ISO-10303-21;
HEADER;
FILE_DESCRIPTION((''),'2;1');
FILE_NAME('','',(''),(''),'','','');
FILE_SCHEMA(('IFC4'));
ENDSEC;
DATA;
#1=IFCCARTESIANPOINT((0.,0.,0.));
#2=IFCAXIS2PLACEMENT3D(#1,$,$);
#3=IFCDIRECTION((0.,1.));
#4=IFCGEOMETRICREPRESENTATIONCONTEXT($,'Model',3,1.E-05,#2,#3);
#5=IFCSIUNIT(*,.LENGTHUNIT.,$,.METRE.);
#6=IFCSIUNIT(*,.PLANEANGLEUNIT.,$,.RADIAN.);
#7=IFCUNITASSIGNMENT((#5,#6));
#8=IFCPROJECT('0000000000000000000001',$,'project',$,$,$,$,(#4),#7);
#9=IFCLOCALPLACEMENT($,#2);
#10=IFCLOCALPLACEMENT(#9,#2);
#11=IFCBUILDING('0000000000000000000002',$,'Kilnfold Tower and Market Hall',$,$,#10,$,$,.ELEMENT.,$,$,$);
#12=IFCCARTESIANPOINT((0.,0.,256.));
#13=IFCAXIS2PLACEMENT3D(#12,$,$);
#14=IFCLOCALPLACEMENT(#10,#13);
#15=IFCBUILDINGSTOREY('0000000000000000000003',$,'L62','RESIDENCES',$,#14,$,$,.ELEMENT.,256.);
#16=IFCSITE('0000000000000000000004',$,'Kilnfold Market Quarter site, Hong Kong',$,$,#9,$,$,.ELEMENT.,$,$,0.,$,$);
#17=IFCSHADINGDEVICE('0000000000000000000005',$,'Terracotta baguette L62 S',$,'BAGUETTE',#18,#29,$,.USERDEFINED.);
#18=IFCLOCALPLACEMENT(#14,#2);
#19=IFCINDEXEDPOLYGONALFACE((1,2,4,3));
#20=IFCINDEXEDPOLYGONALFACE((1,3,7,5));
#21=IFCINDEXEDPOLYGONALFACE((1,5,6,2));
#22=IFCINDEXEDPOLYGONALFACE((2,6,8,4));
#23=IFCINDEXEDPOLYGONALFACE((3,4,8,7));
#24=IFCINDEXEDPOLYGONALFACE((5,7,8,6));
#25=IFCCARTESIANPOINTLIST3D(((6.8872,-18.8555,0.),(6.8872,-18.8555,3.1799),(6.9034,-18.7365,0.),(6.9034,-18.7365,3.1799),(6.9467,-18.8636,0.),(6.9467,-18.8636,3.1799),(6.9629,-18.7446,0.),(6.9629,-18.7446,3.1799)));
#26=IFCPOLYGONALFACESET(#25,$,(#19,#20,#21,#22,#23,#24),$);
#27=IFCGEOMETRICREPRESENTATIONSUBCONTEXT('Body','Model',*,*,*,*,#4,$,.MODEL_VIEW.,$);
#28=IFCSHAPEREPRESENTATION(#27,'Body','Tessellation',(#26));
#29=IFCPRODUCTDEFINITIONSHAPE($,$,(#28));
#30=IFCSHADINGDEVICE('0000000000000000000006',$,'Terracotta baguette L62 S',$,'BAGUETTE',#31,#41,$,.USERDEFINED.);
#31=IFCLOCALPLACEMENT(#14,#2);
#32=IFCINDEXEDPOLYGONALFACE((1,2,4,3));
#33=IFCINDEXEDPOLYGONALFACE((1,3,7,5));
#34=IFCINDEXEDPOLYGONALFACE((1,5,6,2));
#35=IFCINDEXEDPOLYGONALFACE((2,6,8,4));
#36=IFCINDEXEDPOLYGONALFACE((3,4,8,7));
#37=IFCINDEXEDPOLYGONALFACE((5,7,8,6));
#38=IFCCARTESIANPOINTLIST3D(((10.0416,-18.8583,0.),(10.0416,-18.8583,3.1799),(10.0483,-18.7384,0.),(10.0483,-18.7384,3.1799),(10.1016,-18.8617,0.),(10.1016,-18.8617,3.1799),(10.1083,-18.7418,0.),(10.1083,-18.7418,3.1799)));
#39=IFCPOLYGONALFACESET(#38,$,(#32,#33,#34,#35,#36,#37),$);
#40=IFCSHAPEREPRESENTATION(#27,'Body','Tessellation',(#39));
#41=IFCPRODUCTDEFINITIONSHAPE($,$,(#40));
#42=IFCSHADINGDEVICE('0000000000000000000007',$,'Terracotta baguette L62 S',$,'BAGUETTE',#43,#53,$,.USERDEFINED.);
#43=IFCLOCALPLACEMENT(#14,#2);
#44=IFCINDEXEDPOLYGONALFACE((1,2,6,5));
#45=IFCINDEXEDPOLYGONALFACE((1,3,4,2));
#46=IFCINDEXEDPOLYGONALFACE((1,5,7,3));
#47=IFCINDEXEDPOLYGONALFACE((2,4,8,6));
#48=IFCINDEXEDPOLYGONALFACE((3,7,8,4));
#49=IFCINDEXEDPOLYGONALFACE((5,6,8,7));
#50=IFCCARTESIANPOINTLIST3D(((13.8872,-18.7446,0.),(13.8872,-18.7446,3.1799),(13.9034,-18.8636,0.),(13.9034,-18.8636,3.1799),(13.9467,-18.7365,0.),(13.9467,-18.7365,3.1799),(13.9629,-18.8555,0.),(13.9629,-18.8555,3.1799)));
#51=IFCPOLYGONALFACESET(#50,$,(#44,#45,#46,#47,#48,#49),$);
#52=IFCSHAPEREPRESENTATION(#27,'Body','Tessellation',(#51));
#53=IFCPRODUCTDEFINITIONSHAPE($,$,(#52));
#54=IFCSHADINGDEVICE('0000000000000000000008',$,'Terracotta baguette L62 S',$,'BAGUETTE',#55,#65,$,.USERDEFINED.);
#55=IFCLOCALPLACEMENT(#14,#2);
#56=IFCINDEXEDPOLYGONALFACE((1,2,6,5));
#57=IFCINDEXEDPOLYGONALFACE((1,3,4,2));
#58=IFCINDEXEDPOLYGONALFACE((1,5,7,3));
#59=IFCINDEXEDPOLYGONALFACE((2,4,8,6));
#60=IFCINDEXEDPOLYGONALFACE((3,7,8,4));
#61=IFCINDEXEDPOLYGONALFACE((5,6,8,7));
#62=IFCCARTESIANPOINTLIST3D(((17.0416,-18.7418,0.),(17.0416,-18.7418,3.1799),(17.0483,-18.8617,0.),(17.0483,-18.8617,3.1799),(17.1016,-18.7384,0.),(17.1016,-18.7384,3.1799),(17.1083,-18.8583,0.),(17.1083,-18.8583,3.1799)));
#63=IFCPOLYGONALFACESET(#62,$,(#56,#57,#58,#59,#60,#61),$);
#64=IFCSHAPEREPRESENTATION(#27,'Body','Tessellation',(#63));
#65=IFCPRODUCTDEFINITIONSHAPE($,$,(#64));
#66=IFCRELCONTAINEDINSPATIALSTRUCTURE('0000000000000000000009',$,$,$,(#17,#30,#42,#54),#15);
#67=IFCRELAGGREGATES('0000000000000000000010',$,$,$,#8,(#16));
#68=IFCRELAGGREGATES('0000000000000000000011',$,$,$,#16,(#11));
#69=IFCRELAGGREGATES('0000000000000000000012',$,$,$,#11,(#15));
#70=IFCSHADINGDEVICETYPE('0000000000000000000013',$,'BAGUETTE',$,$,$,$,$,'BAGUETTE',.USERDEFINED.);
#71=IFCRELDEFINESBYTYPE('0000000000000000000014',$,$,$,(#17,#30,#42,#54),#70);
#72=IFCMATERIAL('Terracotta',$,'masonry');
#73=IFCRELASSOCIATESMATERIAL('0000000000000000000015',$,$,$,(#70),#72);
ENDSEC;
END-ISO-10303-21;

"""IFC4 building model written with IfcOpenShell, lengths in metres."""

from ifc_helpers import new_model, si_unit, direction, frame, origin, origin_2d, place, context, subcontext, project, spatial, rectangle, extrude, source, transform, mapped, material, material_profile, profile_set, type_object, element, save


model = new_model("IFC4")

# Units and contexts
model_context = context("Model", 3, precision=1e-05, world=origin(), true_north=direction((0.0, 1.0)))
body_context = subcontext(model_context, "Body", "Model", "MODEL_VIEW")
ifc_project = project(units=[si_unit("LENGTHUNIT", "METRE"), si_unit("PLANEANGLEUNIT", "RADIAN")], contexts=[model_context])

# Site, building, storey
site_placement = place(None, origin())
site = spatial("IfcSite", under=ifc_project, at=site_placement, Name="Kilnfold Market Quarter site, Hong Kong", CompositionType="ELEMENT", RefElevation=0.0)
building_placement = place(site_placement, origin())
building = spatial("IfcBuilding", under=site, at=building_placement, Name="Kilnfold Tower and Market Hall", CompositionType="ELEMENT")
storey_placement = place(building_placement, frame((0.0, 0.0, 256.0)))
storey = spatial("IfcBuildingStorey", under=building, at=storey_placement, Name="L62", Description="RESIDENCES", CompositionType="ELEMENT", Elevation=256.0)

# Shading devices
ifc_material_1 = material(Name="Terracotta", Category="masonry")
ifc_material_profile_1 = material_profile(ifc_material_1, rectangle(XDim=0.0601, YDim=0.1201, at=origin_2d()), Name="BAG 60x120")
ifc_profile_set_1 = profile_set([ifc_material_profile_1], Name="Terracotta")
shading_device_type = type_object("IfcShadingDeviceType", Name="BAGUETTE", ElementType="BAGUETTE", PredefinedType="USERDEFINED", material=ifc_profile_set_1)
shared_shape_1 = source(origin(), body_context, "Body", "SweptSolid", [
    extrude(rectangle(XDim=0.0601, YDim=0.1201, at=origin_2d()), origin(), (0.0, 0.0, 1.0), 3.1799),
])
for number, where, z_axis, x_axis, name in (
    (1, (6.925, -18.8, 0.0), (0.0, 0.0, 1.0), (0.990884, -0.134719, 0.0), "Terracotta baguette L62 S"),
    (2, (10.075, -18.8, 0.0), (0.0, 0.0, 1.0), (0.998441, -0.055825, 0.0), "Terracotta baguette L62 S"),
    (3, (13.925, -18.8, 0.0), (0.0, 0.0, 1.0), (0.990884, 0.134719, 0.0), "Terracotta baguette L62 S"),
    (4, (17.075, -18.8, 0.0), (0.0, 0.0, 1.0), (0.998441, 0.055825, 0.0), "Terracotta baguette L62 S"),
):
    element("IfcShadingDevice", number, at=place(storey_placement, frame(where, z_axis=z_axis, x_axis=x_axis)), inside=storey, type_object=shading_device_type, Name=name, ObjectType="BAGUETTE", PredefinedType="USERDEFINED", context=body_context, shape_type="MappedRepresentation", body=[
        mapped(shared_shape_1, transform((0.0, 0.0, 0.0))),
    ])

save(model, "model.ifc")
